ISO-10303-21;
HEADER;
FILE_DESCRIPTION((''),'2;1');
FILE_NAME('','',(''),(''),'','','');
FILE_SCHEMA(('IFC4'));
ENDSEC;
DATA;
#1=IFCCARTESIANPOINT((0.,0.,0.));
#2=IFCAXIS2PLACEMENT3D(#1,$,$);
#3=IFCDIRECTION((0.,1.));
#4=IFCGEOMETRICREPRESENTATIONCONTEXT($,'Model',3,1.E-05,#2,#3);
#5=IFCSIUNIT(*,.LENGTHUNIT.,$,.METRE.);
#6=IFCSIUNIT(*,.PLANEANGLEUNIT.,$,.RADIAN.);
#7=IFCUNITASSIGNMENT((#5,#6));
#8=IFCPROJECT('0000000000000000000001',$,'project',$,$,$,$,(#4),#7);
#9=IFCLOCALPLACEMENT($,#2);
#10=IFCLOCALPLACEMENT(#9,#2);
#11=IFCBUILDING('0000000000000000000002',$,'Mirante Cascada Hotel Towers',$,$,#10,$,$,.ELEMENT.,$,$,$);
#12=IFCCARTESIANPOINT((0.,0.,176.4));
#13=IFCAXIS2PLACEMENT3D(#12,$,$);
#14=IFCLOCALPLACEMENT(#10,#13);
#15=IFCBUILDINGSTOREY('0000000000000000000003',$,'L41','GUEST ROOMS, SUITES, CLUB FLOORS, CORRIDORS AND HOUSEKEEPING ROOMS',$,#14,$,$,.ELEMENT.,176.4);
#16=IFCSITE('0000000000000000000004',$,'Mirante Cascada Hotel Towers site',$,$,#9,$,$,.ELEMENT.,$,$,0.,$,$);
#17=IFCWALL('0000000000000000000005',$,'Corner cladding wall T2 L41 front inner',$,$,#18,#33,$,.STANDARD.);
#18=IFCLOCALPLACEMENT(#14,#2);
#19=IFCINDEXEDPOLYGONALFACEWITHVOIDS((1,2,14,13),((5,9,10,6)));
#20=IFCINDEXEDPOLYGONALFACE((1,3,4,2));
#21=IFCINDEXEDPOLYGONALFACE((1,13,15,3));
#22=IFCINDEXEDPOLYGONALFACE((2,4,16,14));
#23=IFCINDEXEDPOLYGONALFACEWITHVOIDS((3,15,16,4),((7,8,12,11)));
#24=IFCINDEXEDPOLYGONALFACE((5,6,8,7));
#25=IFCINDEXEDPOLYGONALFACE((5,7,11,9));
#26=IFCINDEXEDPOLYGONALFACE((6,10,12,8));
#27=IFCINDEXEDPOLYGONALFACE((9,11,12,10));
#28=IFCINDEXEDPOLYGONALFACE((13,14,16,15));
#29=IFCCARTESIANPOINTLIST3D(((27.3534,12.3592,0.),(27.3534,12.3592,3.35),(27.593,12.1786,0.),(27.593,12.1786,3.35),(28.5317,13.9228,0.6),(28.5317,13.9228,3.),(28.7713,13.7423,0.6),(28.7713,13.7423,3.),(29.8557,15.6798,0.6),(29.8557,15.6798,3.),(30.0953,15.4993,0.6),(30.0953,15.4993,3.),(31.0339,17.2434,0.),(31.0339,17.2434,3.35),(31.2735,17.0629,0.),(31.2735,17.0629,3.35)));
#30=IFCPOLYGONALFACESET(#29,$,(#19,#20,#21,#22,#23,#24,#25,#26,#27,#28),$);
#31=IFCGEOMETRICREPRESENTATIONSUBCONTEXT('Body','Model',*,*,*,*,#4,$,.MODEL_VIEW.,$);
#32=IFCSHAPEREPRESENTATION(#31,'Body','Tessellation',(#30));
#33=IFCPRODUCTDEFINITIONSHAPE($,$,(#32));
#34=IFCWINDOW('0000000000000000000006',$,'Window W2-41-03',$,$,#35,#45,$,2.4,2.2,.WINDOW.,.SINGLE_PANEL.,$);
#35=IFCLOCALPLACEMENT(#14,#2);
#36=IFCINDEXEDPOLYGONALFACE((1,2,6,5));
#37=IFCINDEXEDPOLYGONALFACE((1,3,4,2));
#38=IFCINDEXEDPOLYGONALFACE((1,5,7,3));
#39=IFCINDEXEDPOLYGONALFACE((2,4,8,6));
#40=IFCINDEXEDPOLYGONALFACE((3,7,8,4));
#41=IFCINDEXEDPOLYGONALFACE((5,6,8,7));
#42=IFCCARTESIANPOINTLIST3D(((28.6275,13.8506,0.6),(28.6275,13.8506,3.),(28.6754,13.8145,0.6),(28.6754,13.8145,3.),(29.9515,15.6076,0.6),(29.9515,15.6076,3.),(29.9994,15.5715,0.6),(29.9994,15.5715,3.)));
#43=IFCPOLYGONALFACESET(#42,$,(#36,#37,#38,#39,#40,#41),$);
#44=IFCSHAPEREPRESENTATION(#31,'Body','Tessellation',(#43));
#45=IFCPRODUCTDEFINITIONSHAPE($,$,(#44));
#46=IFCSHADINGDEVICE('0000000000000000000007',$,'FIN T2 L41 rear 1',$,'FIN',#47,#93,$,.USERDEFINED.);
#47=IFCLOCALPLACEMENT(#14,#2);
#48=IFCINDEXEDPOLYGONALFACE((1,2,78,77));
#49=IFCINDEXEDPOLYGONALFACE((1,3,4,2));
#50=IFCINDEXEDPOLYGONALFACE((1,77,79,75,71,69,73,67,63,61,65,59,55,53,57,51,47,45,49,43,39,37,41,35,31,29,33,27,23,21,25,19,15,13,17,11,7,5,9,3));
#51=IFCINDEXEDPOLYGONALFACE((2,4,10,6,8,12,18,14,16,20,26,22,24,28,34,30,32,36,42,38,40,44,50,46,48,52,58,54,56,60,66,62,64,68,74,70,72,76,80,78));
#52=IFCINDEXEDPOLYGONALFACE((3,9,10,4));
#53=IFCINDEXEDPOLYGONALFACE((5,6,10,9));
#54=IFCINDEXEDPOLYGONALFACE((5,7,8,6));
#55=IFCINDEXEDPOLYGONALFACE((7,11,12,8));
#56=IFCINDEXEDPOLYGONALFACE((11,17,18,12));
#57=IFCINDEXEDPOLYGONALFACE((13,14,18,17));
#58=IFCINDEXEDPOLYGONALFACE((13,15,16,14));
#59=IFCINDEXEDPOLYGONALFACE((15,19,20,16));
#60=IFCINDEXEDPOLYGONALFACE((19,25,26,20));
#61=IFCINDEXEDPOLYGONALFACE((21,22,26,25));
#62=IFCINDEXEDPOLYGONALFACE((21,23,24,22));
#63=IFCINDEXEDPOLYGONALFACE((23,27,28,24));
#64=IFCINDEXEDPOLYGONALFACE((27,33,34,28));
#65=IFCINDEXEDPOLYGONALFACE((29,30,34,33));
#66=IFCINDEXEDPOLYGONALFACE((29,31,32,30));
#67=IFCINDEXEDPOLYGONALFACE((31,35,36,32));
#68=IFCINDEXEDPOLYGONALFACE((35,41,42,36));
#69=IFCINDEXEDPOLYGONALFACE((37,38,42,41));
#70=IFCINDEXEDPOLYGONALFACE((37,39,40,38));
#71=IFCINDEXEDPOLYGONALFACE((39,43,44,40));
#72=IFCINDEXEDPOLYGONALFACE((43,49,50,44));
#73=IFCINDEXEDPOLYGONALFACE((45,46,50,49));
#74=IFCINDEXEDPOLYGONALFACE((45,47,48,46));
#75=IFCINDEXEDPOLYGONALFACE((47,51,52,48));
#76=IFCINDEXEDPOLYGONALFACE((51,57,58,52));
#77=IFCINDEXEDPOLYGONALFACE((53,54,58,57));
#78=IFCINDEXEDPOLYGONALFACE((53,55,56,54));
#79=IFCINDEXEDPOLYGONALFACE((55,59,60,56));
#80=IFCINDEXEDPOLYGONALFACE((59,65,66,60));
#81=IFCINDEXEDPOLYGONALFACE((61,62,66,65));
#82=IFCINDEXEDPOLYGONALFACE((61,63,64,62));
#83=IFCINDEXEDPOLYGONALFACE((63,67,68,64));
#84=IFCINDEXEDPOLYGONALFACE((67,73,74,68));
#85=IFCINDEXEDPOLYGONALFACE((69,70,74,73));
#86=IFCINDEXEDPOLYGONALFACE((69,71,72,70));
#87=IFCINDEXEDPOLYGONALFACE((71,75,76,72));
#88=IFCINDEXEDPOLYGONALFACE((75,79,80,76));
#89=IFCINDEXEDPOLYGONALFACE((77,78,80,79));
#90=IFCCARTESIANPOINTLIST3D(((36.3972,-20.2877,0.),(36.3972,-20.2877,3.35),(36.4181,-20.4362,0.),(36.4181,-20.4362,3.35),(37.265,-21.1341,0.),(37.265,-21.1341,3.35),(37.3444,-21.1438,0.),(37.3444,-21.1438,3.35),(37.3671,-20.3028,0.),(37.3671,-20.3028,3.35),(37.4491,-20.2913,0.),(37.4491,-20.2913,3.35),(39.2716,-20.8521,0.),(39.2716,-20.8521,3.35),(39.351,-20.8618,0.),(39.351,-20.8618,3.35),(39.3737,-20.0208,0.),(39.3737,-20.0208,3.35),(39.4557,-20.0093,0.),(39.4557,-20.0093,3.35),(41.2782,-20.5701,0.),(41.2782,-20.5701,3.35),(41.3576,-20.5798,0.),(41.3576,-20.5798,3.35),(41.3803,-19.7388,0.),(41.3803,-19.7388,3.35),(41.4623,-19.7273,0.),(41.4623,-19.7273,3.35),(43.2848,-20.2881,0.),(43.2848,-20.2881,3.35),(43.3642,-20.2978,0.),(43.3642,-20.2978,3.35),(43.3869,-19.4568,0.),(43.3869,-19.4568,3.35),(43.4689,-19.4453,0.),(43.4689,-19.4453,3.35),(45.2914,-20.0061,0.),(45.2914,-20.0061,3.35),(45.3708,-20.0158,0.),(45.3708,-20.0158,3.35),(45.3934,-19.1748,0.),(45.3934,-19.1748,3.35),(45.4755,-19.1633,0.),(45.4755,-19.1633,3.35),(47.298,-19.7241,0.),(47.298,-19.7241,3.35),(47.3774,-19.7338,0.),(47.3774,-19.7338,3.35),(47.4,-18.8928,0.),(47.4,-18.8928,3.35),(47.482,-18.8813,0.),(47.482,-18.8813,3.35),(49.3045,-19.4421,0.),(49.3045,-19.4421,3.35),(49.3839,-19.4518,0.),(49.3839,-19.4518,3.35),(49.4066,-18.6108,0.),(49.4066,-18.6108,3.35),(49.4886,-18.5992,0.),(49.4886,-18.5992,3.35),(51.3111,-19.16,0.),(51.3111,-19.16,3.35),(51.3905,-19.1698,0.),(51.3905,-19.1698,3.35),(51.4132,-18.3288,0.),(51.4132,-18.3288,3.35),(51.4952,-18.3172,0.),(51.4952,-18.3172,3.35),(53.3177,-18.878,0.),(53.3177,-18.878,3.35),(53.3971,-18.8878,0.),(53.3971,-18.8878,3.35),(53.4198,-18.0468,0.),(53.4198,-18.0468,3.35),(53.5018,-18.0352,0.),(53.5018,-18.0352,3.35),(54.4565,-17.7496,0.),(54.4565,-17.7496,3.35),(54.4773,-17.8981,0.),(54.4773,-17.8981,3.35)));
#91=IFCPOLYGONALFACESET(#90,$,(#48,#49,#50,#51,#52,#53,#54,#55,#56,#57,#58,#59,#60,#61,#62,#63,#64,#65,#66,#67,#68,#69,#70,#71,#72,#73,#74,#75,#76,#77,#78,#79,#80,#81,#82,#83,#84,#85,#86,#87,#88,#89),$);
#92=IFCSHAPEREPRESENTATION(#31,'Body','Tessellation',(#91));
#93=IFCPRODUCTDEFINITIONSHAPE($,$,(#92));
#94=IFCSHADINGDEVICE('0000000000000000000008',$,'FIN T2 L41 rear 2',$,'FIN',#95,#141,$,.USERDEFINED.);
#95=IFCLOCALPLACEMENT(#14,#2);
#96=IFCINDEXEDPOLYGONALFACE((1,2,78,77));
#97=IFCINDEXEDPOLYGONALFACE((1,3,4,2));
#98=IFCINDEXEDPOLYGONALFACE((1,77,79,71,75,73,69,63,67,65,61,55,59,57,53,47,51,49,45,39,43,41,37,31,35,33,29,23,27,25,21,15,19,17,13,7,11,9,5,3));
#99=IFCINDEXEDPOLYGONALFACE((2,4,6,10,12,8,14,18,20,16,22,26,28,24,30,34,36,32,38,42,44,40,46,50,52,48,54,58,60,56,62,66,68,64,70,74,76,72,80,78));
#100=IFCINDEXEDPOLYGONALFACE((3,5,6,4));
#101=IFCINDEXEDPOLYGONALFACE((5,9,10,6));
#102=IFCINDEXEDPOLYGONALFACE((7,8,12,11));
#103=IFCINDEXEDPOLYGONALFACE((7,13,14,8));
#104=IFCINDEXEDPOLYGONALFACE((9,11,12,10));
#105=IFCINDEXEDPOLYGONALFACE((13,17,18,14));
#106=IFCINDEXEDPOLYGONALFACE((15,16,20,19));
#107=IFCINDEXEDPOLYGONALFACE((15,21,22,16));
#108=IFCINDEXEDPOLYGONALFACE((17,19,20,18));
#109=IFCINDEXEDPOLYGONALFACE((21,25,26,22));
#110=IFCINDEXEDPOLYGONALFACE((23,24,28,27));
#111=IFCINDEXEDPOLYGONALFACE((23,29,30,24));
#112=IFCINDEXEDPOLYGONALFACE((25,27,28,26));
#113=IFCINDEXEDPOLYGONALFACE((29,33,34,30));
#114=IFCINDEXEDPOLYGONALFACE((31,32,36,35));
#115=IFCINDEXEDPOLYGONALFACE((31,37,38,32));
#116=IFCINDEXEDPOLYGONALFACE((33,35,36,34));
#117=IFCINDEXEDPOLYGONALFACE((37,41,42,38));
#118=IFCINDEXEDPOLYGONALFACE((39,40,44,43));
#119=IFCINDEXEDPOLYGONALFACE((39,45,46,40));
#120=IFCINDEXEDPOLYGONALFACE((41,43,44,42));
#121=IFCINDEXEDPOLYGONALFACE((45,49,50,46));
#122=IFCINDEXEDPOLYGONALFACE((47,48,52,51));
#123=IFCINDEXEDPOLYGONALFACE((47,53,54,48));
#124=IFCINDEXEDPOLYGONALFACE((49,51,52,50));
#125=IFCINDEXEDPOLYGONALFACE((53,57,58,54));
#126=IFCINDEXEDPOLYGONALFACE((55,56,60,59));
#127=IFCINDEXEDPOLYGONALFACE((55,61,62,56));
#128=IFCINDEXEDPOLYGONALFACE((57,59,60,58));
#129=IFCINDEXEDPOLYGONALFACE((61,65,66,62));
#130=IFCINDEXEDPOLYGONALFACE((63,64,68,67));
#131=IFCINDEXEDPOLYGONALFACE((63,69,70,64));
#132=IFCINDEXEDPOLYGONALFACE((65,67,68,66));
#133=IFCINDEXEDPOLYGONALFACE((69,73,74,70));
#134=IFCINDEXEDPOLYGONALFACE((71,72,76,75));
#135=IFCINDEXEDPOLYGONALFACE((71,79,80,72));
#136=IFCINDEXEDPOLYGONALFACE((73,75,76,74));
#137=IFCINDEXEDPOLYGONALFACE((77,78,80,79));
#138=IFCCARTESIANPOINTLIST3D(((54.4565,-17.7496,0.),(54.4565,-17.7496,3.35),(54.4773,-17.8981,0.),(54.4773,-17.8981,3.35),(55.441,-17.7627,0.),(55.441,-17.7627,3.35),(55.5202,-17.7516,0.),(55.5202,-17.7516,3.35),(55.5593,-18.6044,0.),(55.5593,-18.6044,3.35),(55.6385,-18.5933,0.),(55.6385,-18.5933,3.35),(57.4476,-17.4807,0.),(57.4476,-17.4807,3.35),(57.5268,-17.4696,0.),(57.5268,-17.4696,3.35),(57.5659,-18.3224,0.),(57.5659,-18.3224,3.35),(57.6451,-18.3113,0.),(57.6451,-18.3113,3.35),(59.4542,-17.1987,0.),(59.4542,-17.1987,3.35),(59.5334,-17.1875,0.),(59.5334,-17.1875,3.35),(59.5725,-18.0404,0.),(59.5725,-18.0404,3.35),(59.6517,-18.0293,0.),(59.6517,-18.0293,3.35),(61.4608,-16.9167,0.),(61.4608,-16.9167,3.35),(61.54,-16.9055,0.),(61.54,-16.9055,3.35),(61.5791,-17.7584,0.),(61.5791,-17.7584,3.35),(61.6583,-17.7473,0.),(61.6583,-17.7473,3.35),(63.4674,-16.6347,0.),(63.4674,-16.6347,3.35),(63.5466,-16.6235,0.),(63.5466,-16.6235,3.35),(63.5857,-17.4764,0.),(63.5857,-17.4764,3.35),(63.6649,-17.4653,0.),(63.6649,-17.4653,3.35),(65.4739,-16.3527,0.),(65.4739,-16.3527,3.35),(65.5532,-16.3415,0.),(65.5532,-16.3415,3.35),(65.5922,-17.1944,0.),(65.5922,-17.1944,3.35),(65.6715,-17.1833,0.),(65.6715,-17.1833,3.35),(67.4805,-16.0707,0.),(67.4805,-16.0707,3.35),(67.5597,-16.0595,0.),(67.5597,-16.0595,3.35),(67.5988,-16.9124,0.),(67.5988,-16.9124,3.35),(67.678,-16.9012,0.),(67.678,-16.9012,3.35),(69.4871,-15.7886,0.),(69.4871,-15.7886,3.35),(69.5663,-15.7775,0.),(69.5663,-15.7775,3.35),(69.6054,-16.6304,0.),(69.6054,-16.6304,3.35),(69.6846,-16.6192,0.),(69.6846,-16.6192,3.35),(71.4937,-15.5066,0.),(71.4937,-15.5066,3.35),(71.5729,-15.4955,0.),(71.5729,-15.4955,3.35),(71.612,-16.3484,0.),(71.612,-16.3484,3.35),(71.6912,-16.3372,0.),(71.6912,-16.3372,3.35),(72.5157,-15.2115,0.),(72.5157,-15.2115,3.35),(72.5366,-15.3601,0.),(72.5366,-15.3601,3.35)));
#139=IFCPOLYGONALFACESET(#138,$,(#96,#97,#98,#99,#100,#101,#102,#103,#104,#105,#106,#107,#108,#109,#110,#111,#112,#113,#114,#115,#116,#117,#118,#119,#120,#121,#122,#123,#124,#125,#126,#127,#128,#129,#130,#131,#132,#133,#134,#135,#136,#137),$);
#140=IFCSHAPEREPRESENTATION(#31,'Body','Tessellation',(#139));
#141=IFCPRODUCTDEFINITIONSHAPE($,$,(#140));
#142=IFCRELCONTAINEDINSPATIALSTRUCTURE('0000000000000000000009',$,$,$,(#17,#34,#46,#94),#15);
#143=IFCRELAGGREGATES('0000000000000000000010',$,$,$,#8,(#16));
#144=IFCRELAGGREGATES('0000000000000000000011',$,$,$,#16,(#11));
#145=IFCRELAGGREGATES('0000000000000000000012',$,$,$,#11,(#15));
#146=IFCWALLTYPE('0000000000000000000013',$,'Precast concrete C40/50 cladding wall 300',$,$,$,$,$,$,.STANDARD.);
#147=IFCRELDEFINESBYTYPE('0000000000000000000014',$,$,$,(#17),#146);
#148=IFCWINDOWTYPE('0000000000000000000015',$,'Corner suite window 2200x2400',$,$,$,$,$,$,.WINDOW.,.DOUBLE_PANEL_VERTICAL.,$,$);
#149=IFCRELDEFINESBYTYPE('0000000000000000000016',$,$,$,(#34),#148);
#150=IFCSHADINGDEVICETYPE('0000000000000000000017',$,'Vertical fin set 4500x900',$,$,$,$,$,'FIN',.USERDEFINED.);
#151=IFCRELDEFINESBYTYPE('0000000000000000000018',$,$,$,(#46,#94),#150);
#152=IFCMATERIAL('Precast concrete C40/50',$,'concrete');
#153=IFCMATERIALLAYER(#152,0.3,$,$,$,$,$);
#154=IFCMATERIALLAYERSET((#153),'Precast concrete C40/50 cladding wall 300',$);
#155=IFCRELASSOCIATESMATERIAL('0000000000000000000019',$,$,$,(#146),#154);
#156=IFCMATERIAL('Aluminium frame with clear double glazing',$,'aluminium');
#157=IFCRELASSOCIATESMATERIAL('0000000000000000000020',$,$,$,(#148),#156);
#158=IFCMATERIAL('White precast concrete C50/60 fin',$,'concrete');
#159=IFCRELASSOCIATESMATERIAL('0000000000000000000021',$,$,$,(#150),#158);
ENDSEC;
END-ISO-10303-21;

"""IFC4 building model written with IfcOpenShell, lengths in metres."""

from ifc_helpers import new_model, si_unit, direction, frame, frame_2d, origin, place, context, subcontext, project, spatial, polyline, rectangle, outline, extrude, material, layer, layer_set, type_object, element, fill, save


model = new_model("IFC4")

# Units and contexts
model_context = context("Model", 3, precision=1e-05, world=origin(), true_north=direction((0.0, 1.0)))
body_context = subcontext(model_context, "Body", "Model", "MODEL_VIEW")
ifc_project = project(units=[si_unit("LENGTHUNIT", "METRE"), si_unit("PLANEANGLEUNIT", "RADIAN")], contexts=[model_context])

# Site, building, storey
site_placement = place(None, origin())
site = spatial("IfcSite", under=ifc_project, at=site_placement, Name="Mirante Cascada Hotel Towers site", CompositionType="ELEMENT", RefElevation=0.0)
building_placement = place(site_placement, origin())
building = spatial("IfcBuilding", under=site, at=building_placement, Name="Mirante Cascada Hotel Towers", CompositionType="ELEMENT")
storey_placement = place(building_placement, frame((0.0, 0.0, 176.4)))
storey = spatial("IfcBuildingStorey", under=building, at=storey_placement, Name="L41", Description="GUEST ROOMS, SUITES, CLUB FLOORS, CORRIDORS AND HOUSEKEEPING ROOMS", CompositionType="ELEMENT", Elevation=176.4)

# Wall, opening, window
ifc_material_1 = material(Name="Precast concrete C40/50", Category="concrete")
ifc_layer_1 = layer(ifc_material_1, 0.3)
ifc_layer_set_1 = layer_set([ifc_layer_1], Name="Precast concrete C40/50 cladding wall 300")
wall_type_1 = type_object("IfcWallType", Name="Precast concrete C40/50 cladding wall 300", PredefinedType="STANDARD", material=ifc_layer_set_1)
wall_1_placement = place(storey_placement, frame((31.1537, 17.1531, 0.0), z_axis=(0.0, 0.0, 1.0), x_axis=(-0.601814, -0.798636, 0.0)))
wall_1 = element("IfcWall", 1, at=wall_1_placement, inside=storey, type_object=wall_type_1, Name="Corner cladding wall T2 L41 front inner", PredefinedType="STANDARD", context=body_context, shape_type="SweptSolid", body=[
    extrude(rectangle(XDim=6.1157, YDim=0.3, at=frame_2d((3.0578, 0.0))), origin(), (0.0, 0.0, 1.0), 3.35),
])
opening_1_placement = place(wall_1_placement, frame((1.9578, 0.0, 0.6)))
opening_1 = element("IfcOpeningElement", 2, at=opening_1_placement, cuts=wall_1, PredefinedType="OPENING", context=body_context, shape_type="SweptSolid", body=[
    extrude(rectangle(XDim=2.2, YDim=2.4, at=frame_2d((1.1, 1.2))), frame((0.0, 0.15, 0.0), z_axis=(0.0, -1.0, 0.0), x_axis=(1.0, 0.0, 0.0)), (0.0, 0.0, 1.0), 0.3),
])
ifc_material_2 = material(Name="Aluminium frame with clear double glazing", Category="aluminium")
window_type = type_object("IfcWindowType", Name="Corner suite window 2200x2400", PartitioningType="DOUBLE_PANEL_VERTICAL", PredefinedType="WINDOW", material=ifc_material_2)
window_placement = place(opening_1_placement, origin())
window = element("IfcWindow", 3, at=window_placement, inside=storey, type_object=window_type, Name="Window W2-41-03", OverallHeight=2.4, OverallWidth=2.2, PartitioningType="SINGLE_PANEL", PredefinedType="WINDOW", context=body_context, shape_type="SweptSolid", body=[
    extrude(rectangle(XDim=2.2, YDim=2.4, at=frame_2d((1.1, 1.2))), frame((0.0, 0.03, 0.0), z_axis=(0.0, -1.0, 0.0), x_axis=(1.0, 0.0, 0.0)), (0.0, 0.0, 1.0), 0.06),
])
fill(opening_1, window)

# Shading devices
ifc_material_3 = material(Name="White precast concrete C50/60 fin", Category="concrete")
shading_device_type = type_object("IfcShadingDeviceType", Name="Vertical fin set 4500x900", ElementType="FIN", PredefinedType="USERDEFINED", material=ifc_material_3)
shading_device_1_placement = place(storey_placement, origin())
element("IfcShadingDevice", 4, at=shading_device_1_placement, inside=storey, type_object=shading_device_type, Name="FIN T2 L41 rear 1", ObjectType="FIN", PredefinedType="USERDEFINED", context=body_context, shape_type="SweptSolid", body=[
    extrude(outline(polyline([(37.265, -21.1341), (37.3671, -20.3028), (36.4181, -20.4362), (36.3972, -20.2877), (54.4565, -17.7496), (54.4773, -17.8981), (53.5018, -18.0352), (53.3971, -18.8878), (53.3177, -18.878), (53.4198, -18.0468), (51.4952, -18.3172), (51.3905, -19.1698), (51.3111, -19.16), (51.4132, -18.3288), (49.4886, -18.5992), (49.3839, -19.4518), (49.3045, -19.4421), (49.4066, -18.6108), (47.482, -18.8813), (47.3774, -19.7338), (47.298, -19.7241), (47.4, -18.8928), (45.4755, -19.1633), (45.3708, -20.0158), (45.2914, -20.0061), (45.3934, -19.1748), (43.4689, -19.4453), (43.3642, -20.2978), (43.2848, -20.2881), (43.3869, -19.4568), (41.4623, -19.7273), (41.3576, -20.5798), (41.2782, -20.5701), (41.3803, -19.7388), (39.4557, -20.0093), (39.351, -20.8618), (39.2716, -20.8521), (39.3737, -20.0208), (37.4491, -20.2913), (37.3444, -21.1438), (37.265, -21.1341)])), origin(), (0.0, 0.0, 1.0), 3.35),
])
shading_device_2_placement = place(storey_placement, origin())
element("IfcShadingDevice", 5, at=shading_device_2_placement, inside=storey, type_object=shading_device_type, Name="FIN T2 L41 rear 2", ObjectType="FIN", PredefinedType="USERDEFINED", context=body_context, shape_type="SweptSolid", body=[
    extrude(outline(polyline([(55.5593, -18.6044), (55.441, -17.7627), (54.4773, -17.8981), (54.4565, -17.7496), (72.5157, -15.2115), (72.5366, -15.3601), (71.5729, -15.4955), (71.6912, -16.3372), (71.612, -16.3484), (71.4937, -15.5066), (69.5663, -15.7775), (69.6846, -16.6192), (69.6054, -16.6304), (69.4871, -15.7886), (67.5597, -16.0595), (67.678, -16.9012), (67.5988, -16.9124), (67.4805, -16.0707), (65.5532, -16.3415), (65.6715, -17.1833), (65.5922, -17.1944), (65.4739, -16.3527), (63.5466, -16.6235), (63.6649, -17.4653), (63.5857, -17.4764), (63.4674, -16.6347), (61.54, -16.9055), (61.6583, -17.7473), (61.5791, -17.7584), (61.4608, -16.9167), (59.5334, -17.1875), (59.6517, -18.0293), (59.5725, -18.0404), (59.4542, -17.1987), (57.5268, -17.4696), (57.6451, -18.3113), (57.5659, -18.3224), (57.4476, -17.4807), (55.5202, -17.7516), (55.6385, -18.5933), (55.5593, -18.6044)])), origin(), (0.0, 0.0, 1.0), 3.35),
])

save(model, "model.ifc")
